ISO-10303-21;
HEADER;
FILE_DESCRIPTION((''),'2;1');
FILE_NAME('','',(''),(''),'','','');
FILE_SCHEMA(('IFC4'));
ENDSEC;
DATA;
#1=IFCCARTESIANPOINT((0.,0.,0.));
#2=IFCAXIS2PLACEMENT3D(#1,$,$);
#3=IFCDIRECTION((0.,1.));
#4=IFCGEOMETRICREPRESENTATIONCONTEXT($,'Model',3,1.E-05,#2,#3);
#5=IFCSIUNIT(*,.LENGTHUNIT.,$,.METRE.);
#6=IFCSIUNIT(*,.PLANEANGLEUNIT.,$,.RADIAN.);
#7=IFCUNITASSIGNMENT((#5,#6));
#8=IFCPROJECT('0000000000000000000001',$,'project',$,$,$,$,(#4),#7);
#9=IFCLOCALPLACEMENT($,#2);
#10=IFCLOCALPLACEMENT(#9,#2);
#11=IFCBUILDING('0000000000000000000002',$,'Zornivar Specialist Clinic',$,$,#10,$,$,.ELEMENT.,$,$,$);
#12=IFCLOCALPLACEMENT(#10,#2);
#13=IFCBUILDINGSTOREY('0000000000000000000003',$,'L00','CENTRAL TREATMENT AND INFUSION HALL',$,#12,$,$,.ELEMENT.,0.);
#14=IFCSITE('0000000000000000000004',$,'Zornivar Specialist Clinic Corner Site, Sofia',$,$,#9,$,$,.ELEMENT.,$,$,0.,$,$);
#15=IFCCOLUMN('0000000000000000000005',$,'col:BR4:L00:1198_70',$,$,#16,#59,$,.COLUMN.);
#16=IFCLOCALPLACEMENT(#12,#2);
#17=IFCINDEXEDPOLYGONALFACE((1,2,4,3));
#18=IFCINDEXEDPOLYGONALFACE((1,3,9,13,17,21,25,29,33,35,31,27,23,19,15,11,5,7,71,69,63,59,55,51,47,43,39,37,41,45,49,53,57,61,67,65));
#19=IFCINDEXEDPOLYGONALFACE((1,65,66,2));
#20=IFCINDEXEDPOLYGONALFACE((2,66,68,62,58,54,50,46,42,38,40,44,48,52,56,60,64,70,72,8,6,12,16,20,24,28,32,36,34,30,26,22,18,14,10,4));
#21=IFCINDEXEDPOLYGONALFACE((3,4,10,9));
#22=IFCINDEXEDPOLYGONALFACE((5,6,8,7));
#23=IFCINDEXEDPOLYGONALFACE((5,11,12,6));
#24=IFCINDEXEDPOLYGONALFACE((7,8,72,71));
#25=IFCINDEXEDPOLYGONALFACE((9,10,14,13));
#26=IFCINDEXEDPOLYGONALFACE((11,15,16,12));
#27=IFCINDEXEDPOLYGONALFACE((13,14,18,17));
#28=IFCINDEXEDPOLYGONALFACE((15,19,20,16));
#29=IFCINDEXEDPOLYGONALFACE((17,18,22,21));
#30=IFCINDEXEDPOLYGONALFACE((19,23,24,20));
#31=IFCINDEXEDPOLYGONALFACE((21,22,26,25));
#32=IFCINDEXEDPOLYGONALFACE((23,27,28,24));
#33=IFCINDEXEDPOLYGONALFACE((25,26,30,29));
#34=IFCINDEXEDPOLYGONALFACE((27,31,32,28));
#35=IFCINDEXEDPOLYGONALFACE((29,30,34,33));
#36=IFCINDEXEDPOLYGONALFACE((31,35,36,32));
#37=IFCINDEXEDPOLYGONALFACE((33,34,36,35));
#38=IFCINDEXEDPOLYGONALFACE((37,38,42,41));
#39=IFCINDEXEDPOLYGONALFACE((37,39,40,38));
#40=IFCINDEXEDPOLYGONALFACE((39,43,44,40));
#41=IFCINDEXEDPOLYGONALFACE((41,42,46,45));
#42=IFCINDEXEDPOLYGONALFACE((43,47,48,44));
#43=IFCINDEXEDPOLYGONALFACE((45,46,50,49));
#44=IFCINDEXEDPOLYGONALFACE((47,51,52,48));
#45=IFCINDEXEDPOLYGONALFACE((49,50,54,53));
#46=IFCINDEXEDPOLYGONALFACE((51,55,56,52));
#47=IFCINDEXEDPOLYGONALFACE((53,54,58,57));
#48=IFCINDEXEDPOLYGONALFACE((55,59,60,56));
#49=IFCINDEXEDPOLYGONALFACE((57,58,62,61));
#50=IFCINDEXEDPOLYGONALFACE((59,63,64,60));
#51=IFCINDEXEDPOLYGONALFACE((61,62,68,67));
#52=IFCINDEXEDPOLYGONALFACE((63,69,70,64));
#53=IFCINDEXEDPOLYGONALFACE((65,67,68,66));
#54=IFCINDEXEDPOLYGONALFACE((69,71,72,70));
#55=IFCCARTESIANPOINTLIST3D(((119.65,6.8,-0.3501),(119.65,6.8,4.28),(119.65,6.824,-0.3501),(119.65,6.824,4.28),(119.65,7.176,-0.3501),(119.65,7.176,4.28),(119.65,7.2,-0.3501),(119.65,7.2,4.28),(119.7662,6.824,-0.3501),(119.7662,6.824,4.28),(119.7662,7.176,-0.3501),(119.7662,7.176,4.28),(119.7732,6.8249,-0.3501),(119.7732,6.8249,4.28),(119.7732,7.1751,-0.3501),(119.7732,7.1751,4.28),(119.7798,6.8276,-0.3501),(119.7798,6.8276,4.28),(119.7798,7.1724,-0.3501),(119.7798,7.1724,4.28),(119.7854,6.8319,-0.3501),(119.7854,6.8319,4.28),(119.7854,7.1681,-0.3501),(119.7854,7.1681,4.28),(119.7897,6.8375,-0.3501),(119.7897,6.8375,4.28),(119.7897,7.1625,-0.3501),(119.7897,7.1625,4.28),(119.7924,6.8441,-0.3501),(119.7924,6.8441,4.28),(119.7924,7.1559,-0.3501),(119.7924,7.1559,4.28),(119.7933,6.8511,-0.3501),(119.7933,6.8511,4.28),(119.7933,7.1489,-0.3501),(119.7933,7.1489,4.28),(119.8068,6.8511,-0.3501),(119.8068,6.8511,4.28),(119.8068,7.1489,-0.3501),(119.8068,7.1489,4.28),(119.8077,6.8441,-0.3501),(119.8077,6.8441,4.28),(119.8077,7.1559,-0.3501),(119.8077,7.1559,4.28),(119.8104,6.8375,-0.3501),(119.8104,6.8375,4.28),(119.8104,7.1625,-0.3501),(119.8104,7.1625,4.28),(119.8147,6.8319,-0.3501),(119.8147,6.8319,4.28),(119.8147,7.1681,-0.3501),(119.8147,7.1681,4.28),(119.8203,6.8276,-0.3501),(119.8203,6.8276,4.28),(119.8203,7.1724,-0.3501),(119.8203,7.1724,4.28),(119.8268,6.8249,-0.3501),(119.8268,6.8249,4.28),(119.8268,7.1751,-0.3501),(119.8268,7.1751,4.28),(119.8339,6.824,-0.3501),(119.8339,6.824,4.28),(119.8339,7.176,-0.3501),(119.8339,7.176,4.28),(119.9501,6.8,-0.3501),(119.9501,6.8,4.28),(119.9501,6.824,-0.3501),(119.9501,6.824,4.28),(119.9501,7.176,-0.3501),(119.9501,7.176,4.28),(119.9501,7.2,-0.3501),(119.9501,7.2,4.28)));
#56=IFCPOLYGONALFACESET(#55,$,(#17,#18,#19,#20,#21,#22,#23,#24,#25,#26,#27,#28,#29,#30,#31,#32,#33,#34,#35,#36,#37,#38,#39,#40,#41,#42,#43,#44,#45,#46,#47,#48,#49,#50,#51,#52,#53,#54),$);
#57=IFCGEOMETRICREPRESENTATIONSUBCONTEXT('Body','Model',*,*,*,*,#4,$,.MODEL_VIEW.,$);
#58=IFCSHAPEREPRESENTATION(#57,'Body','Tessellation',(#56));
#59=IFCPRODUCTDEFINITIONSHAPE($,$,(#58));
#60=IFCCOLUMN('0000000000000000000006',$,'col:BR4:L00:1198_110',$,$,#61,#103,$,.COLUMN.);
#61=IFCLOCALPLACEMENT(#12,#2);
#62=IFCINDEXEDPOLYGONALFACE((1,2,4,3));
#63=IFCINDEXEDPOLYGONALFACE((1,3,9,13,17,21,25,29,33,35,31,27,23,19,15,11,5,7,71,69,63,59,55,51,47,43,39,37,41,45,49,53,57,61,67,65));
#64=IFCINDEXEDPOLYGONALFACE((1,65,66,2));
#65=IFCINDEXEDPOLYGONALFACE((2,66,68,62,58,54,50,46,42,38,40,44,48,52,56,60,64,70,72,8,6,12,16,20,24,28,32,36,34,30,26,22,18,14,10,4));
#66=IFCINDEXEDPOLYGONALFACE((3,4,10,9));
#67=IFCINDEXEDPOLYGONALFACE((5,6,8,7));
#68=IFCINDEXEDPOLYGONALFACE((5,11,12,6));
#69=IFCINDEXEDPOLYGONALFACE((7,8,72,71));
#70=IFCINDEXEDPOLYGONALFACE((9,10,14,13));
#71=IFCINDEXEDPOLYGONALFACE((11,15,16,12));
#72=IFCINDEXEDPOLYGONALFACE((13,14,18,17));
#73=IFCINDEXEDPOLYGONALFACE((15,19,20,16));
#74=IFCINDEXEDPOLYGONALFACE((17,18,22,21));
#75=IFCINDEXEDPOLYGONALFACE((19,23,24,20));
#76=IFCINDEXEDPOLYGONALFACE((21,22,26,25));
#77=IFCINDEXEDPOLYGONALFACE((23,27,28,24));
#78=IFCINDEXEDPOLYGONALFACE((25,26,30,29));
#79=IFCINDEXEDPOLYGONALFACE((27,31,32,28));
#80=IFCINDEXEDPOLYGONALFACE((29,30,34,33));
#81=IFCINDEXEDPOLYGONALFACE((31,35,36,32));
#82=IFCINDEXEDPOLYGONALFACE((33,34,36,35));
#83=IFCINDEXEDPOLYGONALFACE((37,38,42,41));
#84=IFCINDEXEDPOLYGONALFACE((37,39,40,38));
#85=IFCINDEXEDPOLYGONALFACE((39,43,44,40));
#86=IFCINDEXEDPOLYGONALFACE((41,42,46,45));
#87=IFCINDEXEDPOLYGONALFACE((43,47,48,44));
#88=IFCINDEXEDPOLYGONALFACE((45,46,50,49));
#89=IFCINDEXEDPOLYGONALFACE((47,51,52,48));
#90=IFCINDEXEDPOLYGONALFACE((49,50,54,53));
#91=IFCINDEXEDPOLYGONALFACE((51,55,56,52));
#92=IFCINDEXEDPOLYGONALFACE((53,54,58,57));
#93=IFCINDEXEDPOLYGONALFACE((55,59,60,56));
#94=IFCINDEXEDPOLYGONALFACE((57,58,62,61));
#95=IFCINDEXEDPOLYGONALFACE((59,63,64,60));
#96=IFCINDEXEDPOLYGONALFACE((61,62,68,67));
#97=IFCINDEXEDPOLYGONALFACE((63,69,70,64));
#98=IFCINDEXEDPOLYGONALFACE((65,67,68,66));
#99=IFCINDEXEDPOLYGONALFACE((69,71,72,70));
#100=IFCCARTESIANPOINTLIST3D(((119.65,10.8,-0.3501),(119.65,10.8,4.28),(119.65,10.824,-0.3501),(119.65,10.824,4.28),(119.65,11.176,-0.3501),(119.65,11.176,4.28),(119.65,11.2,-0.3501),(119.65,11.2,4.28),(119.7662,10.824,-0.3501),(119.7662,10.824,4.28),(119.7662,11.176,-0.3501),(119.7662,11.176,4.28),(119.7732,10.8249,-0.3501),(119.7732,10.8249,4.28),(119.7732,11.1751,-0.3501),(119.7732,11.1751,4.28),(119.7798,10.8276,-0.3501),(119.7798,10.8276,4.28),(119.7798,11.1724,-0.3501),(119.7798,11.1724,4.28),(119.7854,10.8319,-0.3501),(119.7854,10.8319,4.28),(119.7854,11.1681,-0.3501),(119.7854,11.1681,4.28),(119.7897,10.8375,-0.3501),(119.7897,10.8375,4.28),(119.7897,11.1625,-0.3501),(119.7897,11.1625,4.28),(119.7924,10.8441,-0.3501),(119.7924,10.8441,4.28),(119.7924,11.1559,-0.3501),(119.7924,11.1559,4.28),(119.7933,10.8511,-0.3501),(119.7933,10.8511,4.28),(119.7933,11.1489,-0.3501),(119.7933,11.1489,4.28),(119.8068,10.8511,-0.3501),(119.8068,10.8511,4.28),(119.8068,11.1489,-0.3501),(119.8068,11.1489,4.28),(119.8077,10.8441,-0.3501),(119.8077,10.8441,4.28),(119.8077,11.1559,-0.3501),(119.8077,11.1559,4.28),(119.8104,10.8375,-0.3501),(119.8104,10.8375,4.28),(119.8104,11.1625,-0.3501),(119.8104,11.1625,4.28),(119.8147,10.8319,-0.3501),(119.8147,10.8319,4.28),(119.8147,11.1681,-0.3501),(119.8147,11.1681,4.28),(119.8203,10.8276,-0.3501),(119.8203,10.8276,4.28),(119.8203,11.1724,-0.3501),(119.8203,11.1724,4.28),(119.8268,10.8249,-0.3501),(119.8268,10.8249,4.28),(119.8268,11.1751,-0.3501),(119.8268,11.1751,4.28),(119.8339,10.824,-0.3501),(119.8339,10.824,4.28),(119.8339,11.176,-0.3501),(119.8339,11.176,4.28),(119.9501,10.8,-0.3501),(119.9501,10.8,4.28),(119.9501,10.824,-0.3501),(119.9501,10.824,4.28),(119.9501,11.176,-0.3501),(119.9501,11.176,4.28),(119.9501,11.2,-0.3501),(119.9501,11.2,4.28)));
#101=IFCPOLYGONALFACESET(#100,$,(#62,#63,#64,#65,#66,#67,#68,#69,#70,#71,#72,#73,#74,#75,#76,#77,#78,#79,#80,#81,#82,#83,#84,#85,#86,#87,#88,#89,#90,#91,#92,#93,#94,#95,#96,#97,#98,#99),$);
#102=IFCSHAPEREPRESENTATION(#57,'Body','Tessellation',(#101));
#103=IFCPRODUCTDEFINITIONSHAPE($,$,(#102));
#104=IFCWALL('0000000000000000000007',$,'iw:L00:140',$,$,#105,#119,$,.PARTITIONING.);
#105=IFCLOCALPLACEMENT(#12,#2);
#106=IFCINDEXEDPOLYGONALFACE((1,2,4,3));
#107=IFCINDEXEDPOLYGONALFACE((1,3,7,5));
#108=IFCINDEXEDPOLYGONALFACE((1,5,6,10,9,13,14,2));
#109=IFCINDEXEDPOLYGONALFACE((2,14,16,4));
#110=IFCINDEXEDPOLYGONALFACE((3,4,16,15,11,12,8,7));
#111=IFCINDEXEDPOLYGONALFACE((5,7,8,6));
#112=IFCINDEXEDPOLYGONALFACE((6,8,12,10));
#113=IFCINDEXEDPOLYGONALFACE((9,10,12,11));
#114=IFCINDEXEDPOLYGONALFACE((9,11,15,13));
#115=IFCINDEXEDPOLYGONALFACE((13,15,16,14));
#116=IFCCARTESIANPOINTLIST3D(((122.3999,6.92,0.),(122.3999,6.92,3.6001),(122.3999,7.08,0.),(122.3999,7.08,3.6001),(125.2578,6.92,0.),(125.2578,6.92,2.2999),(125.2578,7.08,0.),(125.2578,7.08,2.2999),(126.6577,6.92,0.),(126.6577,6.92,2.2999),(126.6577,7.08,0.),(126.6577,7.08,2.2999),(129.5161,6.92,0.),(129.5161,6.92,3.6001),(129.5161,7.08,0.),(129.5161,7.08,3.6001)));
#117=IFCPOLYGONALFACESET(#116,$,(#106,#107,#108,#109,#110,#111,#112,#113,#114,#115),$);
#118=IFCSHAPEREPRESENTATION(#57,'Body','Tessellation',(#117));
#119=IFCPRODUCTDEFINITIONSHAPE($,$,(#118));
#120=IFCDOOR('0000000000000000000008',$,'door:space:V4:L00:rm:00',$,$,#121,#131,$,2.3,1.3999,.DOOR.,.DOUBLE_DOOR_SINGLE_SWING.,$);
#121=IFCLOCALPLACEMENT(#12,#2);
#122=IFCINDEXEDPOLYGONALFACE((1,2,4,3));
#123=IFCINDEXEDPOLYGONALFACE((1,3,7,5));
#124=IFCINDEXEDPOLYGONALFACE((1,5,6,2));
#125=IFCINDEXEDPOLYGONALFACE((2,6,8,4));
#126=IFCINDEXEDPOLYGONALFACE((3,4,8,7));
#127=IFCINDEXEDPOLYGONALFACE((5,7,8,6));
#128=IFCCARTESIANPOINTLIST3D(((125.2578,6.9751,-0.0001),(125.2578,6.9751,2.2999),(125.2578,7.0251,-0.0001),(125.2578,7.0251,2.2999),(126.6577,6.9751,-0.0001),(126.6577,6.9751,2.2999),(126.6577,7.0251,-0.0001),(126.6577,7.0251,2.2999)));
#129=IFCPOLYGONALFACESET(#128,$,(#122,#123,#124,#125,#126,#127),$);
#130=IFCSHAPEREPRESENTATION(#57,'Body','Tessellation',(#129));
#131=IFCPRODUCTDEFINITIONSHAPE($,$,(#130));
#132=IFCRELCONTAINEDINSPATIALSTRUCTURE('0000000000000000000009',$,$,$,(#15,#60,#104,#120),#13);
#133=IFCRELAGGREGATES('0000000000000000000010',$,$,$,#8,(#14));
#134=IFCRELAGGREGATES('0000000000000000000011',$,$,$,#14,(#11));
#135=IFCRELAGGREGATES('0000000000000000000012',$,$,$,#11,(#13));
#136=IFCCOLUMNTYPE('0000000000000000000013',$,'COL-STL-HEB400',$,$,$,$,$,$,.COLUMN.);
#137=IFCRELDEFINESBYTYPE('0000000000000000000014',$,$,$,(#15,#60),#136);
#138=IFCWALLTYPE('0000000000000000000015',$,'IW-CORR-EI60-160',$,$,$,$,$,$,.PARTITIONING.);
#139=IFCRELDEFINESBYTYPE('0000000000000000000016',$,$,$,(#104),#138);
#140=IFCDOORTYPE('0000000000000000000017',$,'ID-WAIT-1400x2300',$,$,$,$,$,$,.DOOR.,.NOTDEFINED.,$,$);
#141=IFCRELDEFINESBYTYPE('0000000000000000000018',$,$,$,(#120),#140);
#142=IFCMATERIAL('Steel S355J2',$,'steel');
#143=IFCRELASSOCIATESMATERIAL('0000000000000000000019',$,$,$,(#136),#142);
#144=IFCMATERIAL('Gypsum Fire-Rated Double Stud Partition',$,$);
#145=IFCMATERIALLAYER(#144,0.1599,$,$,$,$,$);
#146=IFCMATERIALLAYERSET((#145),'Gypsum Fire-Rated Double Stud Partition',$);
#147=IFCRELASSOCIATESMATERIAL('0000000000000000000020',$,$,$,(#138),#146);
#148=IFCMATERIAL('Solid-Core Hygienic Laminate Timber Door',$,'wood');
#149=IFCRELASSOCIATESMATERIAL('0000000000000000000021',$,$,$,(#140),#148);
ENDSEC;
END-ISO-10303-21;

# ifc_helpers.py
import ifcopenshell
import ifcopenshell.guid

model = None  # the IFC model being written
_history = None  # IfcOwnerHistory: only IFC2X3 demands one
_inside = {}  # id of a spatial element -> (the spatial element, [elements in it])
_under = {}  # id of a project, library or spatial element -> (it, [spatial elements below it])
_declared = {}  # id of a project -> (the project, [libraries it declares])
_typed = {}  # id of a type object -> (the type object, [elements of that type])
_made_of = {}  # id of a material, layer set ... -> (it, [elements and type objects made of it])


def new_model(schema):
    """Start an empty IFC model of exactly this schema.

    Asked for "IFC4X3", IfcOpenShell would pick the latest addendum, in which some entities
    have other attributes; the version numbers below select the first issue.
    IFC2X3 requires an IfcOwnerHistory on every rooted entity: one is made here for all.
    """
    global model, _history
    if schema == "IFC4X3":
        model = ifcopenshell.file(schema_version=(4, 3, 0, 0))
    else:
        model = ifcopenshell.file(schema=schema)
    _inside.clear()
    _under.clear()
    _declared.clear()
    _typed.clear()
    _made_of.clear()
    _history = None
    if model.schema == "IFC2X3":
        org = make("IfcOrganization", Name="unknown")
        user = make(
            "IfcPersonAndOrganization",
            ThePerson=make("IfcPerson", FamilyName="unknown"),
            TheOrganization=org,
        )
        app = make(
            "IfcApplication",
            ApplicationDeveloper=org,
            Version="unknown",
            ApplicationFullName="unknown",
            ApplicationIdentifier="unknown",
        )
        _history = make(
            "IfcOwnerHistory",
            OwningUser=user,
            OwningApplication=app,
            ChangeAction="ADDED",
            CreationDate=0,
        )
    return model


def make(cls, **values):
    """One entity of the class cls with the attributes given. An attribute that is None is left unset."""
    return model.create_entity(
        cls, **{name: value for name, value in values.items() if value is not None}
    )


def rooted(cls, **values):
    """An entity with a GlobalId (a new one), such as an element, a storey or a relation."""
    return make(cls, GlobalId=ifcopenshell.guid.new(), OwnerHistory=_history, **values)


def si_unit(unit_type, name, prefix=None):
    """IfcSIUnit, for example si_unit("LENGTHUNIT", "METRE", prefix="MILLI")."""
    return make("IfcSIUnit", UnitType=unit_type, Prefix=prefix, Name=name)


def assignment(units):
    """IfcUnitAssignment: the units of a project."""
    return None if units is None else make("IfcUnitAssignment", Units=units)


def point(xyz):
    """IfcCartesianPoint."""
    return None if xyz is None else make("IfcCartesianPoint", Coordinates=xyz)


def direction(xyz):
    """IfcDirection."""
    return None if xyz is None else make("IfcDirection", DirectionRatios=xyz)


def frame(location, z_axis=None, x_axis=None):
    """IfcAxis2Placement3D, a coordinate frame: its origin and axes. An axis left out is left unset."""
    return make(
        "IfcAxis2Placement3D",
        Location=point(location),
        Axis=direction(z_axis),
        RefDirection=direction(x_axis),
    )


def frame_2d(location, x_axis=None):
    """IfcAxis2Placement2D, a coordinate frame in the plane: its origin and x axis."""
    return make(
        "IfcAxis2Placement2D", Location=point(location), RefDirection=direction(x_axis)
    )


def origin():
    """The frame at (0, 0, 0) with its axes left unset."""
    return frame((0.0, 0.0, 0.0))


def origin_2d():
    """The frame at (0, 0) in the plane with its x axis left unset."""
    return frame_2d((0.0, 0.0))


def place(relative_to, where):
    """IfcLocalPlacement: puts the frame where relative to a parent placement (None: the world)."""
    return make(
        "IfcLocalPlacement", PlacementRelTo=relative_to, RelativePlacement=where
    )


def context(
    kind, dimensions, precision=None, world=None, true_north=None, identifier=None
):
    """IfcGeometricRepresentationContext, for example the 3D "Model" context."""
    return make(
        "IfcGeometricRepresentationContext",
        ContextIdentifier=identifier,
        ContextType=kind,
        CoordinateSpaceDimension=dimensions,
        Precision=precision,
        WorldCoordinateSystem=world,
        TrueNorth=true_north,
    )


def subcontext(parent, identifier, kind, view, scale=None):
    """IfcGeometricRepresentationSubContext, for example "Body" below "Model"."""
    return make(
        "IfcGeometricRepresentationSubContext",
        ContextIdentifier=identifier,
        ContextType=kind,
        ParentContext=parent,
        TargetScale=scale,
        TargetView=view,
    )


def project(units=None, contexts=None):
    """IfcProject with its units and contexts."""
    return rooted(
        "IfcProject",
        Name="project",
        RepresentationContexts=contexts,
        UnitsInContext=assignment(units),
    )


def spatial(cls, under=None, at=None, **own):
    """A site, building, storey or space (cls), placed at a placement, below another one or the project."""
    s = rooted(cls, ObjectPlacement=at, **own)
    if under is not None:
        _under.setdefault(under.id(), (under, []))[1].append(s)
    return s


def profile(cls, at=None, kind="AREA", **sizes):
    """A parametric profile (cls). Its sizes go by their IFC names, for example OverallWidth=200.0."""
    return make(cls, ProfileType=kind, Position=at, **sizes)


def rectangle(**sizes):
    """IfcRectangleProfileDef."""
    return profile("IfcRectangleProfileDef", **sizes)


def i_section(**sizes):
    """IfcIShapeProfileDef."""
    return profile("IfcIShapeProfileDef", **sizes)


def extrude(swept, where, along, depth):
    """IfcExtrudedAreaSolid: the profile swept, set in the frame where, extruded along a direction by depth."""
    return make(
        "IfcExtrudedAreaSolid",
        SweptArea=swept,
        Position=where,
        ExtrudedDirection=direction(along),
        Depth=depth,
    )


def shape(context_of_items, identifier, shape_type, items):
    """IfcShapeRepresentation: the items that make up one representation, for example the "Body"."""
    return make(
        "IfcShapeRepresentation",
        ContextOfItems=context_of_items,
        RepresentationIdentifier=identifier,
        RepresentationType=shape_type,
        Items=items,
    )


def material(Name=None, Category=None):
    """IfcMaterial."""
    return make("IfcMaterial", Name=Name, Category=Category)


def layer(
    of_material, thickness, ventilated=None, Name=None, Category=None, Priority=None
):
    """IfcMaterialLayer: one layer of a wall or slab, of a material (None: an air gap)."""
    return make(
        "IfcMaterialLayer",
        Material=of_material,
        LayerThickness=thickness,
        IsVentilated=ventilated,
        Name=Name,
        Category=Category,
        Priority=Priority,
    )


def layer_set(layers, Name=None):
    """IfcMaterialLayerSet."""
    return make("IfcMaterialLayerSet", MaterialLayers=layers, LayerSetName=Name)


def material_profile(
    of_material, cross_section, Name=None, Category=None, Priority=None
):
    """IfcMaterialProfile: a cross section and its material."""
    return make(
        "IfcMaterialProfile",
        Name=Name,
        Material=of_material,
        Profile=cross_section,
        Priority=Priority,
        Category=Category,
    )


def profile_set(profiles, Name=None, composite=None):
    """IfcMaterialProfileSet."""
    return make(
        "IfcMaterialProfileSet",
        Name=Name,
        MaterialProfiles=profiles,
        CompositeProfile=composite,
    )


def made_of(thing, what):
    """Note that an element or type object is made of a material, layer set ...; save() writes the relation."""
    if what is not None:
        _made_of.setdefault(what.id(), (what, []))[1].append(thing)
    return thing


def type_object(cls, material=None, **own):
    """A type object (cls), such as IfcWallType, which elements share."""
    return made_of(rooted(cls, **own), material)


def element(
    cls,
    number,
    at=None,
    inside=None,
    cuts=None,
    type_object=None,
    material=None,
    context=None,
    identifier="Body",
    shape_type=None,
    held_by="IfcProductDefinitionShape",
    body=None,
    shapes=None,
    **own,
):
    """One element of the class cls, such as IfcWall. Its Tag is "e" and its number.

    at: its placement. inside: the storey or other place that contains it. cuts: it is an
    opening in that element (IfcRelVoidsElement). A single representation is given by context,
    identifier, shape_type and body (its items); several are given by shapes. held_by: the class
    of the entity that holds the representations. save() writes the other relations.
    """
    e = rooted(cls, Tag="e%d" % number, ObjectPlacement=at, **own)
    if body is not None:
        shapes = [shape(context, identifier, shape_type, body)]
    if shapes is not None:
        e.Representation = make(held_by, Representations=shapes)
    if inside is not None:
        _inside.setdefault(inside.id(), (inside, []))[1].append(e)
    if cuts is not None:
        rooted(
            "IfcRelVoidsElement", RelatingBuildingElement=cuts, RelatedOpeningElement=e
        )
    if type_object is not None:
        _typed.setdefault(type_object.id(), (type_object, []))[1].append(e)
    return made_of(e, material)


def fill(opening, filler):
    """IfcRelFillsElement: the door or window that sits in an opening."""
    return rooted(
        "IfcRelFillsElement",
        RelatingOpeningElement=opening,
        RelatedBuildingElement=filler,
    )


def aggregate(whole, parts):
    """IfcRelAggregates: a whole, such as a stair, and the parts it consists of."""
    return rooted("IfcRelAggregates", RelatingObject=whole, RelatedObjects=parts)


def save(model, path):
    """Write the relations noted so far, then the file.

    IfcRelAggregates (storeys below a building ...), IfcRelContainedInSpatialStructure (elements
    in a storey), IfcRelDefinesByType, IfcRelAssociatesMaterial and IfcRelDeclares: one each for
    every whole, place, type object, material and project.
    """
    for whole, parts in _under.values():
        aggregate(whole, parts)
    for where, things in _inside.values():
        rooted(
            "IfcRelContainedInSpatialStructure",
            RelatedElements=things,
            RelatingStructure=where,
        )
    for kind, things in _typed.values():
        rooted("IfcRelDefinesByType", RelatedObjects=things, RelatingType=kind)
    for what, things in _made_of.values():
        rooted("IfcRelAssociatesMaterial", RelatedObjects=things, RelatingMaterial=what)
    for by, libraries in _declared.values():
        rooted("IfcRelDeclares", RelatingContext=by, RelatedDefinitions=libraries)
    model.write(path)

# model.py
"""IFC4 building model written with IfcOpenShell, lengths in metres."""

from ifc_helpers import new_model, si_unit, direction, frame, frame_2d, origin, origin_2d, place, context, subcontext, project, spatial, rectangle, i_section, extrude, material, layer, layer_set, material_profile, profile_set, type_object, element, fill, save


model = new_model("IFC4")

# Units and contexts
model_context = context("Model", 3, precision=1e-05, world=origin(), true_north=direction((0.0, 1.0)))
body_context = subcontext(model_context, "Body", "Model", "MODEL_VIEW")
ifc_project = project(units=[si_unit("LENGTHUNIT", "METRE"), si_unit("PLANEANGLEUNIT", "RADIAN")], contexts=[model_context])

# Site, building, storey
site_placement = place(None, origin())
site = spatial("IfcSite", under=ifc_project, at=site_placement, Name="Zornivar Specialist Clinic Corner Site, Sofia", CompositionType="ELEMENT", RefElevation=0.0)
building_placement = place(site_placement, origin())
building = spatial("IfcBuilding", under=site, at=building_placement, Name="Zornivar Specialist Clinic", CompositionType="ELEMENT")
storey_placement = place(building_placement, origin())
storey = spatial("IfcBuildingStorey", under=building, at=storey_placement, Name="L00", Description="CENTRAL TREATMENT AND INFUSION HALL", CompositionType="ELEMENT", Elevation=0.0)

# Columns
ifc_material_1 = material(Name="Steel S355J2", Category="steel")
ifc_material_profile_1 = material_profile(ifc_material_1, i_section(OverallWidth=0.3, OverallDepth=0.3999, WebThickness=0.0134, FlangeThickness=0.0239, FilletRadius=0.0271, at=origin_2d()), Name="HEB 400")
ifc_profile_set_1 = profile_set([ifc_material_profile_1], Name="Steel S355J2")
column_type_1 = type_object("IfcColumnType", Name="COL-STL-HEB400", PredefinedType="COLUMN", material=ifc_profile_set_1)
for number, where, z_axis, x_axis, name in (
    (1, (119.8, 7.0, -0.3501), (0.0, 0.0, 1.0), (1.0, 0.0, 0.0), "col:BR4:L00:1198_70"),
    (2, (119.8, 11.0, -0.3501), (0.0, 0.0, 1.0), (1.0, 0.0, 0.0), "col:BR4:L00:1198_110"),
):
    element("IfcColumn", number, at=place(storey_placement, frame(where, z_axis=z_axis, x_axis=x_axis)), inside=storey, type_object=column_type_1, Name=name, PredefinedType="COLUMN", context=body_context, shape_type="SweptSolid", body=[
        extrude(i_section(OverallWidth=0.3, OverallDepth=0.3999, WebThickness=0.0134, FlangeThickness=0.0239, FilletRadius=0.0271, at=origin_2d()), origin(), (0.0, 0.0, 1.0), 4.6301),
    ])

# Wall, opening, door
ifc_material_2 = material(Name="Gypsum Fire-Rated Double Stud Partition")
ifc_layer_1 = layer(ifc_material_2, 0.1599)
ifc_layer_set_1 = layer_set([ifc_layer_1], Name="Gypsum Fire-Rated Double Stud Partition")
wall_type_1 = type_object("IfcWallType", Name="IW-CORR-EI60-160", PredefinedType="PARTITIONING", material=ifc_layer_set_1)
wall_1_placement = place(storey_placement, frame((122.3999, 7.0, 0.0), z_axis=(0.0, 0.0, 1.0), x_axis=(1.0, 0.0, 0.0)))
wall_1 = element("IfcWall", 3, at=wall_1_placement, inside=storey, type_object=wall_type_1, Name="iw:L00:140", PredefinedType="PARTITIONING", context=body_context, shape_type="SweptSolid", body=[
    extrude(rectangle(XDim=7.1162, YDim=0.1599, at=frame_2d((3.5581, 0.0))), origin(), (0.0, 0.0, 1.0), 3.6001),
])
opening_1_placement = place(wall_1_placement, frame((2.8579, 0.0, 0.0)))
opening_1 = element("IfcOpeningElement", 4, at=opening_1_placement, cuts=wall_1, PredefinedType="OPENING", context=body_context, shape_type="SweptSolid", body=[
    extrude(rectangle(XDim=1.3999, YDim=2.3, at=frame_2d((0.7, 1.1499))), frame((0.0, 0.0898, 0.0), z_axis=(0.0, -1.0, 0.0), x_axis=(1.0, 0.0, 0.0)), (0.0, 0.0, 1.0), 0.1799),
])
ifc_material_3 = material(Name="Solid-Core Hygienic Laminate Timber Door", Category="wood")
door_type_1 = type_object("IfcDoorType", Name="ID-WAIT-1400x2300", OperationType="NOTDEFINED", PredefinedType="DOOR", material=ifc_material_3)
door_1_placement = place(opening_1_placement, frame((1.3999, 0.0, 0.0), z_axis=(0.0, 0.0, 1.0), x_axis=(-1.0, 0.0, 0.0)))
door_1 = element("IfcDoor", 5, at=door_1_placement, inside=storey, type_object=door_type_1, Name="door:space:V4:L00:rm:00", OperationType="DOUBLE_DOOR_SINGLE_SWING", OverallHeight=2.3, OverallWidth=1.3999, PredefinedType="DOOR", context=body_context, shape_type="SweptSolid", body=[
    extrude(rectangle(XDim=1.3999, YDim=2.3, at=frame_2d((0.7, 1.1499))), frame((0.0, 0.0249, 0.0), z_axis=(0.0, -1.0, 0.0), x_axis=(1.0, 0.0, 0.0)), (0.0, 0.0, 1.0), 0.05),
])
fill(opening_1, door_1)

save(model, "model.ifc")
